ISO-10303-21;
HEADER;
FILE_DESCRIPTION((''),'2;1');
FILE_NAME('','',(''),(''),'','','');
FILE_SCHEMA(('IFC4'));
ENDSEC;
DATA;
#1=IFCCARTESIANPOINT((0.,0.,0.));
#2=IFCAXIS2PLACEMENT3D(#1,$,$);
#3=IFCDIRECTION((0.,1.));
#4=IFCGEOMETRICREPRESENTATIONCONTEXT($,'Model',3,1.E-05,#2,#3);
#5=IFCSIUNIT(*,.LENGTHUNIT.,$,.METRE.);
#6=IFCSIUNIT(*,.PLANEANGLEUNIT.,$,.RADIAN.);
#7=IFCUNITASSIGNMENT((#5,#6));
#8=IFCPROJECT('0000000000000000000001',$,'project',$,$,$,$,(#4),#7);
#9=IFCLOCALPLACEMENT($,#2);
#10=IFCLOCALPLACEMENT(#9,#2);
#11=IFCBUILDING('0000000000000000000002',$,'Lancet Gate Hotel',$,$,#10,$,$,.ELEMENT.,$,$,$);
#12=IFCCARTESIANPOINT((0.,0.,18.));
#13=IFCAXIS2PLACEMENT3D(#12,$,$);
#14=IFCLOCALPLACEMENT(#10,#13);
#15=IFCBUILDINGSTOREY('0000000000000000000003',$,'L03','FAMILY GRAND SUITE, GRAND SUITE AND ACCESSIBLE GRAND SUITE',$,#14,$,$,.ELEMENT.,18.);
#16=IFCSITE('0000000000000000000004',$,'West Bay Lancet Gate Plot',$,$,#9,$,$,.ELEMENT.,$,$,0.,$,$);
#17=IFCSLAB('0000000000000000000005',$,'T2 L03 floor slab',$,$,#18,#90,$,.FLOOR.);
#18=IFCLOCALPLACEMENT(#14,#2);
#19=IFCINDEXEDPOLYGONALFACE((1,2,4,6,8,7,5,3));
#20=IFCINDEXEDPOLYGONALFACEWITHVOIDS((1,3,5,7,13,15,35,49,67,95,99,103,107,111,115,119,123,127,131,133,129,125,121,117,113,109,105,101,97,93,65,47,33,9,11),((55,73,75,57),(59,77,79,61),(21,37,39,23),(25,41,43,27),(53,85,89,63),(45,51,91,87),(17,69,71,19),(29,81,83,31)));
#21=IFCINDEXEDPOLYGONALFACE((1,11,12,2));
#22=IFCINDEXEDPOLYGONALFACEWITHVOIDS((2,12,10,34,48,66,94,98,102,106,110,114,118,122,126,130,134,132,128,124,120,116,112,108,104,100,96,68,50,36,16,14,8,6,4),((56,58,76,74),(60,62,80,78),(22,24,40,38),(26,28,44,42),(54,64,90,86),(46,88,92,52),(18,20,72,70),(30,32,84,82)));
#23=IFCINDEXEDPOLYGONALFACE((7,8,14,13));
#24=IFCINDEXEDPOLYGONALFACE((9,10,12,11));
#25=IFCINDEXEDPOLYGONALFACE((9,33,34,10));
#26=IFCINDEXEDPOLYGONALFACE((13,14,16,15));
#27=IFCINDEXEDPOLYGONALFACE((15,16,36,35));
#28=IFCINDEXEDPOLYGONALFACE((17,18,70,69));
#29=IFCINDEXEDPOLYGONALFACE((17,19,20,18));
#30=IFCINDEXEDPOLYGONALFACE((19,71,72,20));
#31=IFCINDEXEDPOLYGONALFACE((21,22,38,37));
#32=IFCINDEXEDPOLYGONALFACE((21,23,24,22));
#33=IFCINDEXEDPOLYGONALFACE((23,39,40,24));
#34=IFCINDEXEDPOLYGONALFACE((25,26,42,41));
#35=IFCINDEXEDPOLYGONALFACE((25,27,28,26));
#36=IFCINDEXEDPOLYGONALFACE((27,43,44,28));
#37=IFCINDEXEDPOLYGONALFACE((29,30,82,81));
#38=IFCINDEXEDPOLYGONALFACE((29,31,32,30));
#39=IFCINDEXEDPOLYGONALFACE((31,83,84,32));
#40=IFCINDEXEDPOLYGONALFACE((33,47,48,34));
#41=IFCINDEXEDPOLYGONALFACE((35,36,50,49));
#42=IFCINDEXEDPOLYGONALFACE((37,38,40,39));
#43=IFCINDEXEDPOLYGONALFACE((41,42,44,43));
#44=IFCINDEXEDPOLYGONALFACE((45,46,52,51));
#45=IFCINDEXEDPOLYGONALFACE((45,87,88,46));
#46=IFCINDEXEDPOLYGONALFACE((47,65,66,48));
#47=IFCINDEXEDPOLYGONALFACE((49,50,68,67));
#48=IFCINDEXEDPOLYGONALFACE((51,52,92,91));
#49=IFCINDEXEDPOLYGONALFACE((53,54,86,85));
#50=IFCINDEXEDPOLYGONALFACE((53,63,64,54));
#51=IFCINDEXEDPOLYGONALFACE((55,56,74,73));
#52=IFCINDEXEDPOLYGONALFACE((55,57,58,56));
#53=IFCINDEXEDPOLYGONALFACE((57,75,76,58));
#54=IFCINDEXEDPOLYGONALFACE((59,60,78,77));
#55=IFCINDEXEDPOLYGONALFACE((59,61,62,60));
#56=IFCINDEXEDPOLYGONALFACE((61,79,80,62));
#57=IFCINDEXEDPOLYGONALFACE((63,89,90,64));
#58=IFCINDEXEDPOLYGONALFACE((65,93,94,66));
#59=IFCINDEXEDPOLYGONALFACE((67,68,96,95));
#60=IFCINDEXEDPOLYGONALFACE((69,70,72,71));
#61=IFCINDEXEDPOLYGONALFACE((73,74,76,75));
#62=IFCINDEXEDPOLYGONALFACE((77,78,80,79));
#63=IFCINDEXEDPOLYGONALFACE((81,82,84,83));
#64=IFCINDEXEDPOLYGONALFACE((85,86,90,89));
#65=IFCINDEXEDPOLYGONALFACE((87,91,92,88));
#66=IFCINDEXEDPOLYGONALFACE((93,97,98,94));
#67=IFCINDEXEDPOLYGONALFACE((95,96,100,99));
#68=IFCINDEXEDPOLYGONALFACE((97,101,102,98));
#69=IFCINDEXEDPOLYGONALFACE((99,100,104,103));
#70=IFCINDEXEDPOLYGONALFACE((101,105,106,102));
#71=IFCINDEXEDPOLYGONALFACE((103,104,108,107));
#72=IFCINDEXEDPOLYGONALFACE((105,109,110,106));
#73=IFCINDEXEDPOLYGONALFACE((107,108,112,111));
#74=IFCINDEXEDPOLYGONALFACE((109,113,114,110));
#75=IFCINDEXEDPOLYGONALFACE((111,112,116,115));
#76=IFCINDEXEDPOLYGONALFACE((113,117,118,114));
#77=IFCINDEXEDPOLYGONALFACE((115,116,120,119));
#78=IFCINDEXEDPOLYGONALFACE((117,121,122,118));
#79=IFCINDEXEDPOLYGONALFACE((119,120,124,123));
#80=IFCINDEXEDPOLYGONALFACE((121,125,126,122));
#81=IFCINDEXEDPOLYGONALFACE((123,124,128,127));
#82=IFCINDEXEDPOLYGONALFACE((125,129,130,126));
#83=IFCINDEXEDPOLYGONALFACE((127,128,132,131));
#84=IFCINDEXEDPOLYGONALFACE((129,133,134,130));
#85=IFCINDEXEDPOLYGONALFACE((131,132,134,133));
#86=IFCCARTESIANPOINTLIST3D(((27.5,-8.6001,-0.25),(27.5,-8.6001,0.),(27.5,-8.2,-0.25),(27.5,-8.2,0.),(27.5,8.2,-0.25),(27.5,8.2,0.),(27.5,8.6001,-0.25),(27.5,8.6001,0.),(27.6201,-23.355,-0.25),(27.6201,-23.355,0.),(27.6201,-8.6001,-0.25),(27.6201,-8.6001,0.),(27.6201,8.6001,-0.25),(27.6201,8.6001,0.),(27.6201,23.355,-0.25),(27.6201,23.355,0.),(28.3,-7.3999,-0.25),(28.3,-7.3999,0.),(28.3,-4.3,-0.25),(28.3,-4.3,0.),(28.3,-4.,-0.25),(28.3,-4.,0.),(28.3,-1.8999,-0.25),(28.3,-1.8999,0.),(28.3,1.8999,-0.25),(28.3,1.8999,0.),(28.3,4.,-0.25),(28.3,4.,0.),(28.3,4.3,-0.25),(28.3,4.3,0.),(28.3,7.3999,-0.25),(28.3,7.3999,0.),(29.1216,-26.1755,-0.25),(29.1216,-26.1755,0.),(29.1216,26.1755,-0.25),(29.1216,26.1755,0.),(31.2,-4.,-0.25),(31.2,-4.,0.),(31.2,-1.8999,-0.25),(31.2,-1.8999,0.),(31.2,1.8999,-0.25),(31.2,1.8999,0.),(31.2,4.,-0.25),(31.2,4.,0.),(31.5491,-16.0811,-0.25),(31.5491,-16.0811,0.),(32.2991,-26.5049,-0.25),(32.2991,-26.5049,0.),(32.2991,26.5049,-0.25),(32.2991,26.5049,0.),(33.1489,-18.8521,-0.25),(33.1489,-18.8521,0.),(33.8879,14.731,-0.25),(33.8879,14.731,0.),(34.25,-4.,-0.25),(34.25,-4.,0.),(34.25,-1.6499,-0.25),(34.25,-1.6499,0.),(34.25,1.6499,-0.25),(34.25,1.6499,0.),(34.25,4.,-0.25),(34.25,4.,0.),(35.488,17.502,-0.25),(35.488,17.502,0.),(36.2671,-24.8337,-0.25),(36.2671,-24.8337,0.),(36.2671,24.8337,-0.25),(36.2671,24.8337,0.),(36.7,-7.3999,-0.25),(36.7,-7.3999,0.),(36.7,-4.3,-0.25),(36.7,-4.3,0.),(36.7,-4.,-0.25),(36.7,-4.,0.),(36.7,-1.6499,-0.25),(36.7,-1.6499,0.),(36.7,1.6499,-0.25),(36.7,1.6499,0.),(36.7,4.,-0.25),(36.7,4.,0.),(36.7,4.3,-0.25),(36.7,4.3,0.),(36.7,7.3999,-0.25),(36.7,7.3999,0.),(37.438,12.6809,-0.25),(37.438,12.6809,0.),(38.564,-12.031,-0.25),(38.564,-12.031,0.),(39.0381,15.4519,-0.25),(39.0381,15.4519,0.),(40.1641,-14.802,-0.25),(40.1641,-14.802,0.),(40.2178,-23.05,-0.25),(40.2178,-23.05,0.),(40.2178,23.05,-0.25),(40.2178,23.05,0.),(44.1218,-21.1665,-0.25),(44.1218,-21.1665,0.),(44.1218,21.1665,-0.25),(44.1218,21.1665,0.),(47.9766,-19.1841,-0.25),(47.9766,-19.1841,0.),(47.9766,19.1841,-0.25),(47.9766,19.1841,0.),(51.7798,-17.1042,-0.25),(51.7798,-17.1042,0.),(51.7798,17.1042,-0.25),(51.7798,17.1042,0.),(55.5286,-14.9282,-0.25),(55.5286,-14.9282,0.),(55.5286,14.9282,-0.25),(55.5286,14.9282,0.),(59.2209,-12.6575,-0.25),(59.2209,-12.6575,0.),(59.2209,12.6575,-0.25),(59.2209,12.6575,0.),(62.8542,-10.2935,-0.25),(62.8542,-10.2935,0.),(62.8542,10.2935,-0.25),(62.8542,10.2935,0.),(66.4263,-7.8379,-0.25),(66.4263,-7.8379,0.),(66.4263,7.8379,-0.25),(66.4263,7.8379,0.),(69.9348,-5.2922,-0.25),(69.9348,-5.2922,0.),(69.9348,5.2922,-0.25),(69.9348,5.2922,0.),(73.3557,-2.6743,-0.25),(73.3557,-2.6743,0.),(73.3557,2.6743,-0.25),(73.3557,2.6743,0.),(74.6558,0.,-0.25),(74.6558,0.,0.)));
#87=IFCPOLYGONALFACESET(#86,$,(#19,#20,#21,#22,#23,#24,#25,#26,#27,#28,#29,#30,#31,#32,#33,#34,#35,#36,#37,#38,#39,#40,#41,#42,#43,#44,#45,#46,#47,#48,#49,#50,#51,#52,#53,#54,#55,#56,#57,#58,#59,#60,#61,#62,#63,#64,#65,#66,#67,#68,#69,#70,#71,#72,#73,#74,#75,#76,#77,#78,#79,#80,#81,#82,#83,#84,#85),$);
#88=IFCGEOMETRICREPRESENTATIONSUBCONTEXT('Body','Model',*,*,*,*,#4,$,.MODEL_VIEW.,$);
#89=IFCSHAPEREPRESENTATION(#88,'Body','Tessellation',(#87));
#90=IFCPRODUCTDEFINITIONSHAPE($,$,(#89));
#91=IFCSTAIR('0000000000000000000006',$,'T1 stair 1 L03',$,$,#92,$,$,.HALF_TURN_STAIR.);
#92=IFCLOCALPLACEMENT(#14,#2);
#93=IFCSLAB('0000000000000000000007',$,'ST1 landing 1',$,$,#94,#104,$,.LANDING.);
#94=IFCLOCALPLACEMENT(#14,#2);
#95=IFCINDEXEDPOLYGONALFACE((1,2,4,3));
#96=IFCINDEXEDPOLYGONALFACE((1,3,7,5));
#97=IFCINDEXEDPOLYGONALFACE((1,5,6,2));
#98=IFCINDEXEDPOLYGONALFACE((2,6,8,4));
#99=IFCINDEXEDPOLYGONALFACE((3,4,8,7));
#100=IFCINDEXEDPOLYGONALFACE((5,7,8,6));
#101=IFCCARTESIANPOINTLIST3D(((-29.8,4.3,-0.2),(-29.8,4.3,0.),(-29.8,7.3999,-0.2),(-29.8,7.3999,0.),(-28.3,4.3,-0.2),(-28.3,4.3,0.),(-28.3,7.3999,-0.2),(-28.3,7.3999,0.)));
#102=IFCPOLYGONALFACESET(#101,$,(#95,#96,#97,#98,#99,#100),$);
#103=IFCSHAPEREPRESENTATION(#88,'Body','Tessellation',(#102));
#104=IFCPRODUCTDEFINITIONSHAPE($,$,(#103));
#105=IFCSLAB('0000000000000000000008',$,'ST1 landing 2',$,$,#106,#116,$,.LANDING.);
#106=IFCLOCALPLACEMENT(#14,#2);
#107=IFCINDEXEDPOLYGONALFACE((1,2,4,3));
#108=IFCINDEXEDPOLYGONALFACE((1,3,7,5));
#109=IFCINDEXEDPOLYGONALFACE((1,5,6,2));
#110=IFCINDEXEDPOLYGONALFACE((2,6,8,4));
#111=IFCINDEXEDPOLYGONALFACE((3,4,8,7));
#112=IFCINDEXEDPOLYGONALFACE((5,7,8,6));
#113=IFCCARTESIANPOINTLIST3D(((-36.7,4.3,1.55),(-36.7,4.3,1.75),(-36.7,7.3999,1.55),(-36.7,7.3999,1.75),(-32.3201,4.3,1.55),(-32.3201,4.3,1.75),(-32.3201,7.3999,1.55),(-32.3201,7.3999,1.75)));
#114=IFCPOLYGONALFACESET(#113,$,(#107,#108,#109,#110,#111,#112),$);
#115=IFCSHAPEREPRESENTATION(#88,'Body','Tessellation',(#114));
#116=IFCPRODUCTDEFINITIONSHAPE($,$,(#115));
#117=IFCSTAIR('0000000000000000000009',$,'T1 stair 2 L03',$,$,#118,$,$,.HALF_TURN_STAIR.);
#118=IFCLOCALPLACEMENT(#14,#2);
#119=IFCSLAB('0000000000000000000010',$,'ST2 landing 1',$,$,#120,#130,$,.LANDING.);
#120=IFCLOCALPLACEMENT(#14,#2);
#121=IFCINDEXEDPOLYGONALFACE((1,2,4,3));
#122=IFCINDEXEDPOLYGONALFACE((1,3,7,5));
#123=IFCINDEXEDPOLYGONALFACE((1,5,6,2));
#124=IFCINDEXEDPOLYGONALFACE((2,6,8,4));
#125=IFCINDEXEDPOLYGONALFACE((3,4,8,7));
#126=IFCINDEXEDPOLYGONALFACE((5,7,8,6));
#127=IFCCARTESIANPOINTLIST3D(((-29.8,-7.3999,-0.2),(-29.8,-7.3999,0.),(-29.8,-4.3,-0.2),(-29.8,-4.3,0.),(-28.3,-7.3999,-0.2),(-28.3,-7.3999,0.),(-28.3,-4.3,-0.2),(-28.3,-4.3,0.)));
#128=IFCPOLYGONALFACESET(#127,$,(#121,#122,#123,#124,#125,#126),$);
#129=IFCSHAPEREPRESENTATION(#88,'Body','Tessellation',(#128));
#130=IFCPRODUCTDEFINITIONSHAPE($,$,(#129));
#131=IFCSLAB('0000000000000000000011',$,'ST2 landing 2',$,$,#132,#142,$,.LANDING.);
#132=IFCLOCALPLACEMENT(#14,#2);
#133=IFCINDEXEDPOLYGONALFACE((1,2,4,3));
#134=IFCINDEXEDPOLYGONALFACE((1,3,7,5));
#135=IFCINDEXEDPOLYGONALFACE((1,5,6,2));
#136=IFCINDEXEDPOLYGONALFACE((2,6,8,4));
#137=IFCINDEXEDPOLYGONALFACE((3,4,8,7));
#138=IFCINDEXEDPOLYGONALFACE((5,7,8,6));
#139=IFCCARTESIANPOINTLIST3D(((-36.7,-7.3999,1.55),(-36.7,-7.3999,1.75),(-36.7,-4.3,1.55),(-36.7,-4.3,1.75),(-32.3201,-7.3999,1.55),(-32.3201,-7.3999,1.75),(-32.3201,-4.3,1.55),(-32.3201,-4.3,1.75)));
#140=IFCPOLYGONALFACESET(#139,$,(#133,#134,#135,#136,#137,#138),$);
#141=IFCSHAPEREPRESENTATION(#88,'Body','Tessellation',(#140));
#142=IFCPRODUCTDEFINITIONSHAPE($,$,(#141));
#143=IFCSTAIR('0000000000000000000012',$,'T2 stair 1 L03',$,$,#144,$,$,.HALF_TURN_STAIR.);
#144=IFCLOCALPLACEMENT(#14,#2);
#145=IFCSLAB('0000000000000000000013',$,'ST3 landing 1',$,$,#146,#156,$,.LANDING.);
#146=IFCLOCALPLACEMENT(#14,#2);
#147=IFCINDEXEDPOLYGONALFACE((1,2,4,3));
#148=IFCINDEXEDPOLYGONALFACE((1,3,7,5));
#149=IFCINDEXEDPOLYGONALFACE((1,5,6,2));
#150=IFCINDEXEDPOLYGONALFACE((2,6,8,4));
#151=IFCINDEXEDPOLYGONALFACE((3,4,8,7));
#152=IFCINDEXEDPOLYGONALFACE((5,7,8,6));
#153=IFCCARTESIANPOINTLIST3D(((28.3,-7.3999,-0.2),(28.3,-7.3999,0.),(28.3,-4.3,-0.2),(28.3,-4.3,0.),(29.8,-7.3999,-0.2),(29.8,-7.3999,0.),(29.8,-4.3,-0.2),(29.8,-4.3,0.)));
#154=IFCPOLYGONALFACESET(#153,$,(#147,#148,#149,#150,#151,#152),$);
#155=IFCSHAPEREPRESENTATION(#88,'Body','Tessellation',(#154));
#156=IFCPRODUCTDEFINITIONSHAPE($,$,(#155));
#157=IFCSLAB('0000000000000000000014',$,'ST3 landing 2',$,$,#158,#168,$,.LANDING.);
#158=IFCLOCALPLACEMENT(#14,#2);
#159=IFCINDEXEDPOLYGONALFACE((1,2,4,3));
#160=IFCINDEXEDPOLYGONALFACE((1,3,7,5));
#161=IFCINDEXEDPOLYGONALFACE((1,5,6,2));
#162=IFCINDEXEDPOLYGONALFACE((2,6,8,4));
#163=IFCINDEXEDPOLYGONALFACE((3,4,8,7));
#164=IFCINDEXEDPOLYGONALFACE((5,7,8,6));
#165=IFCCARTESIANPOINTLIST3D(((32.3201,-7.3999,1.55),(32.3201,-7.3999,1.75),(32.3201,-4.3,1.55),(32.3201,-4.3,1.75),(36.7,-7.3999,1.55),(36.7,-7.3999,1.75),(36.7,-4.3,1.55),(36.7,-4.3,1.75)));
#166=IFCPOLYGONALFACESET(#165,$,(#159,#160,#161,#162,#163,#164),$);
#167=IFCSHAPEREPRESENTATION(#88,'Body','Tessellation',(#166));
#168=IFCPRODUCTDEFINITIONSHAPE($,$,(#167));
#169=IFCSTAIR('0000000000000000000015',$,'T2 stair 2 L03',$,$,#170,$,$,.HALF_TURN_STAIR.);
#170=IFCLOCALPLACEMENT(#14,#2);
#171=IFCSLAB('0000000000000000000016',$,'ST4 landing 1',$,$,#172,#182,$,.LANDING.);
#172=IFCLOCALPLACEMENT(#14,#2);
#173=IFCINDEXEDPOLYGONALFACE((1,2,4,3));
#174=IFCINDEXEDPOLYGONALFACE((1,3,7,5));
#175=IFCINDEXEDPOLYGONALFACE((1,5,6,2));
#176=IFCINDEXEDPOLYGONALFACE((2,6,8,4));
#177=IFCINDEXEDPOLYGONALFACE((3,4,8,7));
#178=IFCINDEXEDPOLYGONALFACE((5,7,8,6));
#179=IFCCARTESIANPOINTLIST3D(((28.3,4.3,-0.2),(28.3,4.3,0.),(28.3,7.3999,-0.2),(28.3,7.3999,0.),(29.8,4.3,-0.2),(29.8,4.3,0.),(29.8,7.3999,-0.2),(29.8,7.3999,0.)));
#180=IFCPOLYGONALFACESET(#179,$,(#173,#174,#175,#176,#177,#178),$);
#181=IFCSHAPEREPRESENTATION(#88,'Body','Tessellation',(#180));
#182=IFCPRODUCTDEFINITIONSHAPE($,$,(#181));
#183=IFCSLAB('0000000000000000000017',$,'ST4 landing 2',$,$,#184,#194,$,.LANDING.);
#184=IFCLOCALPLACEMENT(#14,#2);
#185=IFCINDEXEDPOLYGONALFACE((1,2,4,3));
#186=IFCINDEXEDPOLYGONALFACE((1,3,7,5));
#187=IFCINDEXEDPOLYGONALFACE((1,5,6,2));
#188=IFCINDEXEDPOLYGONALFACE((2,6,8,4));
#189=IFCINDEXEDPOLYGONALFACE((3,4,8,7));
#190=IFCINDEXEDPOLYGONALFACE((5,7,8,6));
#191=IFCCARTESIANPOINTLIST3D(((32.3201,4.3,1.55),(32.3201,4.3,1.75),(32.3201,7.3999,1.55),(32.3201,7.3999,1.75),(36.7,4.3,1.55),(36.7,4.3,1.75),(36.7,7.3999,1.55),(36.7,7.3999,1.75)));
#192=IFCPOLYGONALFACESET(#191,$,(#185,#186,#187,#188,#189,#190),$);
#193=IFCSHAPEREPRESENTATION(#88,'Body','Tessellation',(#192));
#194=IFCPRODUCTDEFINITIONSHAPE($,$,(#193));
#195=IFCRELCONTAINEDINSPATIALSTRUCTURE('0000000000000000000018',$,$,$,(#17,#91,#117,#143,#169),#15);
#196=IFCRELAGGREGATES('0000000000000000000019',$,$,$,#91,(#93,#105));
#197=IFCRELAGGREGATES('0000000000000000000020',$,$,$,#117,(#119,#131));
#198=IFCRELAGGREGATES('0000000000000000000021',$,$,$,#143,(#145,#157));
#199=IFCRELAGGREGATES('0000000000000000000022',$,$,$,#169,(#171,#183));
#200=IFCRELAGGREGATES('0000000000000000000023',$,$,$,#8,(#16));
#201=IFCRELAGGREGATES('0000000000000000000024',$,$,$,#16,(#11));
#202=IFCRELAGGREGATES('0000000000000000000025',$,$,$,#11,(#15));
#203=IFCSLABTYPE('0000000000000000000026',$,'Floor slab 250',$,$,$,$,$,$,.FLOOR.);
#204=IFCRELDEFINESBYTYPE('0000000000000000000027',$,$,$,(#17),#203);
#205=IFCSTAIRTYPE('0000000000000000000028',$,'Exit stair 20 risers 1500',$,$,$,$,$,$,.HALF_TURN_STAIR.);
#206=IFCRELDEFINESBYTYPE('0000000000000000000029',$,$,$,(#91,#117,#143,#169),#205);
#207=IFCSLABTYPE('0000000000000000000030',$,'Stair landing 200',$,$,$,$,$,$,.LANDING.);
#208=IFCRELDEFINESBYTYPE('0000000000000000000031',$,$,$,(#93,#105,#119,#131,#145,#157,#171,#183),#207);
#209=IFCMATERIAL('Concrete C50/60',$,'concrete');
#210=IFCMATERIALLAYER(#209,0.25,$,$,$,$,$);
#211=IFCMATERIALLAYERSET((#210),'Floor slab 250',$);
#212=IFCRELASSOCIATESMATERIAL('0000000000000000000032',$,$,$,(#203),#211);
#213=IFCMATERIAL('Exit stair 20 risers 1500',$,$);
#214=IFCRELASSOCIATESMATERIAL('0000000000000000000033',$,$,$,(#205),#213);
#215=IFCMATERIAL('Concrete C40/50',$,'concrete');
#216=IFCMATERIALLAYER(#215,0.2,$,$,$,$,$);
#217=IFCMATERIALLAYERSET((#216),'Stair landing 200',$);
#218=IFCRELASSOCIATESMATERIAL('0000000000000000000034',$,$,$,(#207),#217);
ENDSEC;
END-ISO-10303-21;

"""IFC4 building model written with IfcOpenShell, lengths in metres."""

from ifc_helpers import new_model, si_unit, direction, frame, origin, place, context, subcontext, project, spatial, polyline, outline, extrude, material, layer, layer_set, type_object, element, aggregate, save


model = new_model("IFC4")

# Units and contexts
model_context = context("Model", 3, precision=1e-05, world=origin(), true_north=direction((0.0, 1.0)))
body_context = subcontext(model_context, "Body", "Model", "MODEL_VIEW")
ifc_project = project(units=[si_unit("LENGTHUNIT", "METRE"), si_unit("PLANEANGLEUNIT", "RADIAN")], contexts=[model_context])

# Site, building, storey
site_placement = place(None, origin())
site = spatial("IfcSite", under=ifc_project, at=site_placement, Name="West Bay Lancet Gate Plot", CompositionType="ELEMENT", RefElevation=0.0)
building_placement = place(site_placement, origin())
building = spatial("IfcBuilding", under=site, at=building_placement, Name="Lancet Gate Hotel", CompositionType="ELEMENT")
storey_placement = place(building_placement, frame((0.0, 0.0, 18.0)))
storey = spatial("IfcBuildingStorey", under=building, at=storey_placement, Name="L03", Description="FAMILY GRAND SUITE, GRAND SUITE AND ACCESSIBLE GRAND SUITE", CompositionType="ELEMENT", Elevation=18.0)

# Slab
ifc_material_1 = material(Name="Concrete C50/60", Category="concrete")
ifc_layer_1 = layer(ifc_material_1, 0.25)
ifc_layer_set_1 = layer_set([ifc_layer_1], Name="Floor slab 250")
slab_type_1 = type_object("IfcSlabType", Name="Floor slab 250", PredefinedType="FLOOR", material=ifc_layer_set_1)
slab_1_placement = place(storey_placement, frame((0.0, 0.0, -0.25)))
element("IfcSlab", 1, at=slab_1_placement, inside=storey, type_object=slab_type_1, Name="T2 L03 floor slab", PredefinedType="FLOOR", context=body_context, shape_type="SweptSolid", body=[
    extrude(outline(polyline([(27.5, -8.6001), (27.6201, -8.6001), (27.6201, -23.355), (29.1216, -26.1755), (32.2991, -26.5049), (36.2671, -24.8337), (40.2178, -23.05), (44.1218, -21.1665), (47.9766, -19.1841), (51.7798, -17.1042), (55.5286, -14.9282), (59.2209, -12.6575), (62.8542, -10.2935), (66.4263, -7.8379), (69.9348, -5.2922), (73.3557, -2.6743), (74.6558, 0.0), (73.3557, 2.6743), (69.9348, 5.2922), (66.4263, 7.8379), (62.8542, 10.2935), (59.2209, 12.6575), (55.5286, 14.9282), (51.7798, 17.1042), (47.9766, 19.1841), (44.1218, 21.1665), (40.2178, 23.05), (36.2671, 24.8337), (32.2991, 26.5049), (29.1216, 26.1755), (27.6201, 23.355), (27.6201, 8.6001), (27.5, 8.6001), (27.5, 8.2), (27.5, -8.2), (27.5, -8.6001)]), holes=[polyline([(36.7, -7.3999), (36.7, -4.3), (28.3, -4.3), (28.3, -7.3999), (36.7, -7.3999)]), polyline([(28.3, -4.0), (31.2, -4.0), (31.2, -1.8999), (28.3, -1.8999), (28.3, -4.0)]), polyline([(34.25, -4.0), (36.7, -4.0), (36.7, -1.6499), (34.25, -1.6499), (34.25, -4.0)]), polyline([(36.7, 1.6499), (36.7, 4.0), (34.25, 4.0), (34.25, 1.6499), (36.7, 1.6499)]), polyline([(28.3, 1.8999), (31.2, 1.8999), (31.2, 4.0), (28.3, 4.0), (28.3, 1.8999)]), polyline([(28.3, 4.3), (36.7, 4.3), (36.7, 7.3999), (28.3, 7.3999), (28.3, 4.3)]), polyline([(31.5491, -16.0811), (33.1489, -18.8521), (40.1641, -14.802), (38.564, -12.031), (31.5491, -16.0811)]), polyline([(33.8879, 14.731), (37.438, 12.6809), (39.0381, 15.4519), (35.488, 17.502), (33.8879, 14.731)])]), origin(), (0.0, 0.0, 1.0), 0.25),
])

# Stairs, slabs
ifc_material_2 = material(Name="Exit stair 20 risers 1500")
stair_type = type_object("IfcStairType", Name="Exit stair 20 risers 1500", PredefinedType="HALF_TURN_STAIR", material=ifc_material_2)
stair_1_placement = place(storey_placement, origin())
stair_1 = element("IfcStair", 2, at=stair_1_placement, inside=storey, type_object=stair_type, Name="T1 stair 1 L03", PredefinedType="HALF_TURN_STAIR")
ifc_material_3 = material(Name="Concrete C40/50", Category="concrete")
ifc_layer_2 = layer(ifc_material_3, 0.2)
ifc_layer_set_2 = layer_set([ifc_layer_2], Name="Stair landing 200")
slab_type_2 = type_object("IfcSlabType", Name="Stair landing 200", PredefinedType="LANDING", material=ifc_layer_set_2)
slab_2_placement = place(storey_placement, frame((0.0, 0.0, -0.2)))
slab_2 = element("IfcSlab", 3, at=slab_2_placement, type_object=slab_type_2, Name="ST1 landing 1", PredefinedType="LANDING", context=body_context, shape_type="SweptSolid", body=[
    extrude(outline(polyline([(-28.3, 7.3999), (-29.8, 7.3999), (-29.8, 4.3), (-28.3, 4.3), (-28.3, 7.3999)])), origin(), (0.0, 0.0, 1.0), 0.2),
])
slab_3_placement = place(storey_placement, frame((0.0, 0.0, 1.55)))
slab_3 = element("IfcSlab", 4, at=slab_3_placement, type_object=slab_type_2, Name="ST1 landing 2", PredefinedType="LANDING", context=body_context, shape_type="SweptSolid", body=[
    extrude(outline(polyline([(-32.3201, 7.3999), (-36.7, 7.3999), (-36.7, 4.3), (-32.3201, 4.3), (-32.3201, 7.3999)])), origin(), (0.0, 0.0, 1.0), 0.2),
])
aggregate(stair_1, [slab_2, slab_3])
stair_2_placement = place(storey_placement, origin())
stair_2 = element("IfcStair", 5, at=stair_2_placement, inside=storey, type_object=stair_type, Name="T1 stair 2 L03", PredefinedType="HALF_TURN_STAIR")
slab_4_placement = place(storey_placement, frame((0.0, 0.0, -0.2)))
slab_4 = element("IfcSlab", 6, at=slab_4_placement, type_object=slab_type_2, Name="ST2 landing 1", PredefinedType="LANDING", context=body_context, shape_type="SweptSolid", body=[
    extrude(outline(polyline([(-28.3, -4.3), (-29.8, -4.3), (-29.8, -7.3999), (-28.3, -7.3999), (-28.3, -4.3)])), origin(), (0.0, 0.0, 1.0), 0.2),
])
slab_5_placement = place(storey_placement, frame((0.0, 0.0, 1.55)))
slab_5 = element("IfcSlab", 7, at=slab_5_placement, type_object=slab_type_2, Name="ST2 landing 2", PredefinedType="LANDING", context=body_context, shape_type="SweptSolid", body=[
    extrude(outline(polyline([(-32.3201, -4.3), (-36.7, -4.3), (-36.7, -7.3999), (-32.3201, -7.3999), (-32.3201, -4.3)])), origin(), (0.0, 0.0, 1.0), 0.2),
])
aggregate(stair_2, [slab_4, slab_5])
stair_3_placement = place(storey_placement, origin())
stair_3 = element("IfcStair", 8, at=stair_3_placement, inside=storey, type_object=stair_type, Name="T2 stair 1 L03", PredefinedType="HALF_TURN_STAIR")
slab_6_placement = place(storey_placement, frame((0.0, 0.0, -0.2)))
slab_6 = element("IfcSlab", 9, at=slab_6_placement, type_object=slab_type_2, Name="ST3 landing 1", PredefinedType="LANDING", context=body_context, shape_type="SweptSolid", body=[
    extrude(outline(polyline([(28.3, -7.3999), (29.8, -7.3999), (29.8, -4.3), (28.3, -4.3), (28.3, -7.3999)])), origin(), (0.0, 0.0, 1.0), 0.2),
])
slab_7_placement = place(storey_placement, frame((0.0, 0.0, 1.55)))
slab_7 = element("IfcSlab", 10, at=slab_7_placement, type_object=slab_type_2, Name="ST3 landing 2", PredefinedType="LANDING", context=body_context, shape_type="SweptSolid", body=[
    extrude(outline(polyline([(32.3201, -7.3999), (36.7, -7.3999), (36.7, -4.3), (32.3201, -4.3), (32.3201, -7.3999)])), origin(), (0.0, 0.0, 1.0), 0.2),
])
aggregate(stair_3, [slab_6, slab_7])
stair_4_placement = place(storey_placement, origin())
stair_4 = element("IfcStair", 11, at=stair_4_placement, inside=storey, type_object=stair_type, Name="T2 stair 2 L03", PredefinedType="HALF_TURN_STAIR")
slab_8_placement = place(storey_placement, frame((0.0, 0.0, -0.2)))
slab_8 = element("IfcSlab", 12, at=slab_8_placement, type_object=slab_type_2, Name="ST4 landing 1", PredefinedType="LANDING", context=body_context, shape_type="SweptSolid", body=[
    extrude(outline(polyline([(28.3, 4.3), (29.8, 4.3), (29.8, 7.3999), (28.3, 7.3999), (28.3, 4.3)])), origin(), (0.0, 0.0, 1.0), 0.2),
])
slab_9_placement = place(storey_placement, frame((0.0, 0.0, 1.55)))
slab_9 = element("IfcSlab", 13, at=slab_9_placement, type_object=slab_type_2, Name="ST4 landing 2", PredefinedType="LANDING", context=body_context, shape_type="SweptSolid", body=[
    extrude(outline(polyline([(32.3201, 4.3), (36.7, 4.3), (36.7, 7.3999), (32.3201, 7.3999), (32.3201, 4.3)])), origin(), (0.0, 0.0, 1.0), 0.2),
])
aggregate(stair_4, [slab_8, slab_9])

save(model, "model.ifc")
